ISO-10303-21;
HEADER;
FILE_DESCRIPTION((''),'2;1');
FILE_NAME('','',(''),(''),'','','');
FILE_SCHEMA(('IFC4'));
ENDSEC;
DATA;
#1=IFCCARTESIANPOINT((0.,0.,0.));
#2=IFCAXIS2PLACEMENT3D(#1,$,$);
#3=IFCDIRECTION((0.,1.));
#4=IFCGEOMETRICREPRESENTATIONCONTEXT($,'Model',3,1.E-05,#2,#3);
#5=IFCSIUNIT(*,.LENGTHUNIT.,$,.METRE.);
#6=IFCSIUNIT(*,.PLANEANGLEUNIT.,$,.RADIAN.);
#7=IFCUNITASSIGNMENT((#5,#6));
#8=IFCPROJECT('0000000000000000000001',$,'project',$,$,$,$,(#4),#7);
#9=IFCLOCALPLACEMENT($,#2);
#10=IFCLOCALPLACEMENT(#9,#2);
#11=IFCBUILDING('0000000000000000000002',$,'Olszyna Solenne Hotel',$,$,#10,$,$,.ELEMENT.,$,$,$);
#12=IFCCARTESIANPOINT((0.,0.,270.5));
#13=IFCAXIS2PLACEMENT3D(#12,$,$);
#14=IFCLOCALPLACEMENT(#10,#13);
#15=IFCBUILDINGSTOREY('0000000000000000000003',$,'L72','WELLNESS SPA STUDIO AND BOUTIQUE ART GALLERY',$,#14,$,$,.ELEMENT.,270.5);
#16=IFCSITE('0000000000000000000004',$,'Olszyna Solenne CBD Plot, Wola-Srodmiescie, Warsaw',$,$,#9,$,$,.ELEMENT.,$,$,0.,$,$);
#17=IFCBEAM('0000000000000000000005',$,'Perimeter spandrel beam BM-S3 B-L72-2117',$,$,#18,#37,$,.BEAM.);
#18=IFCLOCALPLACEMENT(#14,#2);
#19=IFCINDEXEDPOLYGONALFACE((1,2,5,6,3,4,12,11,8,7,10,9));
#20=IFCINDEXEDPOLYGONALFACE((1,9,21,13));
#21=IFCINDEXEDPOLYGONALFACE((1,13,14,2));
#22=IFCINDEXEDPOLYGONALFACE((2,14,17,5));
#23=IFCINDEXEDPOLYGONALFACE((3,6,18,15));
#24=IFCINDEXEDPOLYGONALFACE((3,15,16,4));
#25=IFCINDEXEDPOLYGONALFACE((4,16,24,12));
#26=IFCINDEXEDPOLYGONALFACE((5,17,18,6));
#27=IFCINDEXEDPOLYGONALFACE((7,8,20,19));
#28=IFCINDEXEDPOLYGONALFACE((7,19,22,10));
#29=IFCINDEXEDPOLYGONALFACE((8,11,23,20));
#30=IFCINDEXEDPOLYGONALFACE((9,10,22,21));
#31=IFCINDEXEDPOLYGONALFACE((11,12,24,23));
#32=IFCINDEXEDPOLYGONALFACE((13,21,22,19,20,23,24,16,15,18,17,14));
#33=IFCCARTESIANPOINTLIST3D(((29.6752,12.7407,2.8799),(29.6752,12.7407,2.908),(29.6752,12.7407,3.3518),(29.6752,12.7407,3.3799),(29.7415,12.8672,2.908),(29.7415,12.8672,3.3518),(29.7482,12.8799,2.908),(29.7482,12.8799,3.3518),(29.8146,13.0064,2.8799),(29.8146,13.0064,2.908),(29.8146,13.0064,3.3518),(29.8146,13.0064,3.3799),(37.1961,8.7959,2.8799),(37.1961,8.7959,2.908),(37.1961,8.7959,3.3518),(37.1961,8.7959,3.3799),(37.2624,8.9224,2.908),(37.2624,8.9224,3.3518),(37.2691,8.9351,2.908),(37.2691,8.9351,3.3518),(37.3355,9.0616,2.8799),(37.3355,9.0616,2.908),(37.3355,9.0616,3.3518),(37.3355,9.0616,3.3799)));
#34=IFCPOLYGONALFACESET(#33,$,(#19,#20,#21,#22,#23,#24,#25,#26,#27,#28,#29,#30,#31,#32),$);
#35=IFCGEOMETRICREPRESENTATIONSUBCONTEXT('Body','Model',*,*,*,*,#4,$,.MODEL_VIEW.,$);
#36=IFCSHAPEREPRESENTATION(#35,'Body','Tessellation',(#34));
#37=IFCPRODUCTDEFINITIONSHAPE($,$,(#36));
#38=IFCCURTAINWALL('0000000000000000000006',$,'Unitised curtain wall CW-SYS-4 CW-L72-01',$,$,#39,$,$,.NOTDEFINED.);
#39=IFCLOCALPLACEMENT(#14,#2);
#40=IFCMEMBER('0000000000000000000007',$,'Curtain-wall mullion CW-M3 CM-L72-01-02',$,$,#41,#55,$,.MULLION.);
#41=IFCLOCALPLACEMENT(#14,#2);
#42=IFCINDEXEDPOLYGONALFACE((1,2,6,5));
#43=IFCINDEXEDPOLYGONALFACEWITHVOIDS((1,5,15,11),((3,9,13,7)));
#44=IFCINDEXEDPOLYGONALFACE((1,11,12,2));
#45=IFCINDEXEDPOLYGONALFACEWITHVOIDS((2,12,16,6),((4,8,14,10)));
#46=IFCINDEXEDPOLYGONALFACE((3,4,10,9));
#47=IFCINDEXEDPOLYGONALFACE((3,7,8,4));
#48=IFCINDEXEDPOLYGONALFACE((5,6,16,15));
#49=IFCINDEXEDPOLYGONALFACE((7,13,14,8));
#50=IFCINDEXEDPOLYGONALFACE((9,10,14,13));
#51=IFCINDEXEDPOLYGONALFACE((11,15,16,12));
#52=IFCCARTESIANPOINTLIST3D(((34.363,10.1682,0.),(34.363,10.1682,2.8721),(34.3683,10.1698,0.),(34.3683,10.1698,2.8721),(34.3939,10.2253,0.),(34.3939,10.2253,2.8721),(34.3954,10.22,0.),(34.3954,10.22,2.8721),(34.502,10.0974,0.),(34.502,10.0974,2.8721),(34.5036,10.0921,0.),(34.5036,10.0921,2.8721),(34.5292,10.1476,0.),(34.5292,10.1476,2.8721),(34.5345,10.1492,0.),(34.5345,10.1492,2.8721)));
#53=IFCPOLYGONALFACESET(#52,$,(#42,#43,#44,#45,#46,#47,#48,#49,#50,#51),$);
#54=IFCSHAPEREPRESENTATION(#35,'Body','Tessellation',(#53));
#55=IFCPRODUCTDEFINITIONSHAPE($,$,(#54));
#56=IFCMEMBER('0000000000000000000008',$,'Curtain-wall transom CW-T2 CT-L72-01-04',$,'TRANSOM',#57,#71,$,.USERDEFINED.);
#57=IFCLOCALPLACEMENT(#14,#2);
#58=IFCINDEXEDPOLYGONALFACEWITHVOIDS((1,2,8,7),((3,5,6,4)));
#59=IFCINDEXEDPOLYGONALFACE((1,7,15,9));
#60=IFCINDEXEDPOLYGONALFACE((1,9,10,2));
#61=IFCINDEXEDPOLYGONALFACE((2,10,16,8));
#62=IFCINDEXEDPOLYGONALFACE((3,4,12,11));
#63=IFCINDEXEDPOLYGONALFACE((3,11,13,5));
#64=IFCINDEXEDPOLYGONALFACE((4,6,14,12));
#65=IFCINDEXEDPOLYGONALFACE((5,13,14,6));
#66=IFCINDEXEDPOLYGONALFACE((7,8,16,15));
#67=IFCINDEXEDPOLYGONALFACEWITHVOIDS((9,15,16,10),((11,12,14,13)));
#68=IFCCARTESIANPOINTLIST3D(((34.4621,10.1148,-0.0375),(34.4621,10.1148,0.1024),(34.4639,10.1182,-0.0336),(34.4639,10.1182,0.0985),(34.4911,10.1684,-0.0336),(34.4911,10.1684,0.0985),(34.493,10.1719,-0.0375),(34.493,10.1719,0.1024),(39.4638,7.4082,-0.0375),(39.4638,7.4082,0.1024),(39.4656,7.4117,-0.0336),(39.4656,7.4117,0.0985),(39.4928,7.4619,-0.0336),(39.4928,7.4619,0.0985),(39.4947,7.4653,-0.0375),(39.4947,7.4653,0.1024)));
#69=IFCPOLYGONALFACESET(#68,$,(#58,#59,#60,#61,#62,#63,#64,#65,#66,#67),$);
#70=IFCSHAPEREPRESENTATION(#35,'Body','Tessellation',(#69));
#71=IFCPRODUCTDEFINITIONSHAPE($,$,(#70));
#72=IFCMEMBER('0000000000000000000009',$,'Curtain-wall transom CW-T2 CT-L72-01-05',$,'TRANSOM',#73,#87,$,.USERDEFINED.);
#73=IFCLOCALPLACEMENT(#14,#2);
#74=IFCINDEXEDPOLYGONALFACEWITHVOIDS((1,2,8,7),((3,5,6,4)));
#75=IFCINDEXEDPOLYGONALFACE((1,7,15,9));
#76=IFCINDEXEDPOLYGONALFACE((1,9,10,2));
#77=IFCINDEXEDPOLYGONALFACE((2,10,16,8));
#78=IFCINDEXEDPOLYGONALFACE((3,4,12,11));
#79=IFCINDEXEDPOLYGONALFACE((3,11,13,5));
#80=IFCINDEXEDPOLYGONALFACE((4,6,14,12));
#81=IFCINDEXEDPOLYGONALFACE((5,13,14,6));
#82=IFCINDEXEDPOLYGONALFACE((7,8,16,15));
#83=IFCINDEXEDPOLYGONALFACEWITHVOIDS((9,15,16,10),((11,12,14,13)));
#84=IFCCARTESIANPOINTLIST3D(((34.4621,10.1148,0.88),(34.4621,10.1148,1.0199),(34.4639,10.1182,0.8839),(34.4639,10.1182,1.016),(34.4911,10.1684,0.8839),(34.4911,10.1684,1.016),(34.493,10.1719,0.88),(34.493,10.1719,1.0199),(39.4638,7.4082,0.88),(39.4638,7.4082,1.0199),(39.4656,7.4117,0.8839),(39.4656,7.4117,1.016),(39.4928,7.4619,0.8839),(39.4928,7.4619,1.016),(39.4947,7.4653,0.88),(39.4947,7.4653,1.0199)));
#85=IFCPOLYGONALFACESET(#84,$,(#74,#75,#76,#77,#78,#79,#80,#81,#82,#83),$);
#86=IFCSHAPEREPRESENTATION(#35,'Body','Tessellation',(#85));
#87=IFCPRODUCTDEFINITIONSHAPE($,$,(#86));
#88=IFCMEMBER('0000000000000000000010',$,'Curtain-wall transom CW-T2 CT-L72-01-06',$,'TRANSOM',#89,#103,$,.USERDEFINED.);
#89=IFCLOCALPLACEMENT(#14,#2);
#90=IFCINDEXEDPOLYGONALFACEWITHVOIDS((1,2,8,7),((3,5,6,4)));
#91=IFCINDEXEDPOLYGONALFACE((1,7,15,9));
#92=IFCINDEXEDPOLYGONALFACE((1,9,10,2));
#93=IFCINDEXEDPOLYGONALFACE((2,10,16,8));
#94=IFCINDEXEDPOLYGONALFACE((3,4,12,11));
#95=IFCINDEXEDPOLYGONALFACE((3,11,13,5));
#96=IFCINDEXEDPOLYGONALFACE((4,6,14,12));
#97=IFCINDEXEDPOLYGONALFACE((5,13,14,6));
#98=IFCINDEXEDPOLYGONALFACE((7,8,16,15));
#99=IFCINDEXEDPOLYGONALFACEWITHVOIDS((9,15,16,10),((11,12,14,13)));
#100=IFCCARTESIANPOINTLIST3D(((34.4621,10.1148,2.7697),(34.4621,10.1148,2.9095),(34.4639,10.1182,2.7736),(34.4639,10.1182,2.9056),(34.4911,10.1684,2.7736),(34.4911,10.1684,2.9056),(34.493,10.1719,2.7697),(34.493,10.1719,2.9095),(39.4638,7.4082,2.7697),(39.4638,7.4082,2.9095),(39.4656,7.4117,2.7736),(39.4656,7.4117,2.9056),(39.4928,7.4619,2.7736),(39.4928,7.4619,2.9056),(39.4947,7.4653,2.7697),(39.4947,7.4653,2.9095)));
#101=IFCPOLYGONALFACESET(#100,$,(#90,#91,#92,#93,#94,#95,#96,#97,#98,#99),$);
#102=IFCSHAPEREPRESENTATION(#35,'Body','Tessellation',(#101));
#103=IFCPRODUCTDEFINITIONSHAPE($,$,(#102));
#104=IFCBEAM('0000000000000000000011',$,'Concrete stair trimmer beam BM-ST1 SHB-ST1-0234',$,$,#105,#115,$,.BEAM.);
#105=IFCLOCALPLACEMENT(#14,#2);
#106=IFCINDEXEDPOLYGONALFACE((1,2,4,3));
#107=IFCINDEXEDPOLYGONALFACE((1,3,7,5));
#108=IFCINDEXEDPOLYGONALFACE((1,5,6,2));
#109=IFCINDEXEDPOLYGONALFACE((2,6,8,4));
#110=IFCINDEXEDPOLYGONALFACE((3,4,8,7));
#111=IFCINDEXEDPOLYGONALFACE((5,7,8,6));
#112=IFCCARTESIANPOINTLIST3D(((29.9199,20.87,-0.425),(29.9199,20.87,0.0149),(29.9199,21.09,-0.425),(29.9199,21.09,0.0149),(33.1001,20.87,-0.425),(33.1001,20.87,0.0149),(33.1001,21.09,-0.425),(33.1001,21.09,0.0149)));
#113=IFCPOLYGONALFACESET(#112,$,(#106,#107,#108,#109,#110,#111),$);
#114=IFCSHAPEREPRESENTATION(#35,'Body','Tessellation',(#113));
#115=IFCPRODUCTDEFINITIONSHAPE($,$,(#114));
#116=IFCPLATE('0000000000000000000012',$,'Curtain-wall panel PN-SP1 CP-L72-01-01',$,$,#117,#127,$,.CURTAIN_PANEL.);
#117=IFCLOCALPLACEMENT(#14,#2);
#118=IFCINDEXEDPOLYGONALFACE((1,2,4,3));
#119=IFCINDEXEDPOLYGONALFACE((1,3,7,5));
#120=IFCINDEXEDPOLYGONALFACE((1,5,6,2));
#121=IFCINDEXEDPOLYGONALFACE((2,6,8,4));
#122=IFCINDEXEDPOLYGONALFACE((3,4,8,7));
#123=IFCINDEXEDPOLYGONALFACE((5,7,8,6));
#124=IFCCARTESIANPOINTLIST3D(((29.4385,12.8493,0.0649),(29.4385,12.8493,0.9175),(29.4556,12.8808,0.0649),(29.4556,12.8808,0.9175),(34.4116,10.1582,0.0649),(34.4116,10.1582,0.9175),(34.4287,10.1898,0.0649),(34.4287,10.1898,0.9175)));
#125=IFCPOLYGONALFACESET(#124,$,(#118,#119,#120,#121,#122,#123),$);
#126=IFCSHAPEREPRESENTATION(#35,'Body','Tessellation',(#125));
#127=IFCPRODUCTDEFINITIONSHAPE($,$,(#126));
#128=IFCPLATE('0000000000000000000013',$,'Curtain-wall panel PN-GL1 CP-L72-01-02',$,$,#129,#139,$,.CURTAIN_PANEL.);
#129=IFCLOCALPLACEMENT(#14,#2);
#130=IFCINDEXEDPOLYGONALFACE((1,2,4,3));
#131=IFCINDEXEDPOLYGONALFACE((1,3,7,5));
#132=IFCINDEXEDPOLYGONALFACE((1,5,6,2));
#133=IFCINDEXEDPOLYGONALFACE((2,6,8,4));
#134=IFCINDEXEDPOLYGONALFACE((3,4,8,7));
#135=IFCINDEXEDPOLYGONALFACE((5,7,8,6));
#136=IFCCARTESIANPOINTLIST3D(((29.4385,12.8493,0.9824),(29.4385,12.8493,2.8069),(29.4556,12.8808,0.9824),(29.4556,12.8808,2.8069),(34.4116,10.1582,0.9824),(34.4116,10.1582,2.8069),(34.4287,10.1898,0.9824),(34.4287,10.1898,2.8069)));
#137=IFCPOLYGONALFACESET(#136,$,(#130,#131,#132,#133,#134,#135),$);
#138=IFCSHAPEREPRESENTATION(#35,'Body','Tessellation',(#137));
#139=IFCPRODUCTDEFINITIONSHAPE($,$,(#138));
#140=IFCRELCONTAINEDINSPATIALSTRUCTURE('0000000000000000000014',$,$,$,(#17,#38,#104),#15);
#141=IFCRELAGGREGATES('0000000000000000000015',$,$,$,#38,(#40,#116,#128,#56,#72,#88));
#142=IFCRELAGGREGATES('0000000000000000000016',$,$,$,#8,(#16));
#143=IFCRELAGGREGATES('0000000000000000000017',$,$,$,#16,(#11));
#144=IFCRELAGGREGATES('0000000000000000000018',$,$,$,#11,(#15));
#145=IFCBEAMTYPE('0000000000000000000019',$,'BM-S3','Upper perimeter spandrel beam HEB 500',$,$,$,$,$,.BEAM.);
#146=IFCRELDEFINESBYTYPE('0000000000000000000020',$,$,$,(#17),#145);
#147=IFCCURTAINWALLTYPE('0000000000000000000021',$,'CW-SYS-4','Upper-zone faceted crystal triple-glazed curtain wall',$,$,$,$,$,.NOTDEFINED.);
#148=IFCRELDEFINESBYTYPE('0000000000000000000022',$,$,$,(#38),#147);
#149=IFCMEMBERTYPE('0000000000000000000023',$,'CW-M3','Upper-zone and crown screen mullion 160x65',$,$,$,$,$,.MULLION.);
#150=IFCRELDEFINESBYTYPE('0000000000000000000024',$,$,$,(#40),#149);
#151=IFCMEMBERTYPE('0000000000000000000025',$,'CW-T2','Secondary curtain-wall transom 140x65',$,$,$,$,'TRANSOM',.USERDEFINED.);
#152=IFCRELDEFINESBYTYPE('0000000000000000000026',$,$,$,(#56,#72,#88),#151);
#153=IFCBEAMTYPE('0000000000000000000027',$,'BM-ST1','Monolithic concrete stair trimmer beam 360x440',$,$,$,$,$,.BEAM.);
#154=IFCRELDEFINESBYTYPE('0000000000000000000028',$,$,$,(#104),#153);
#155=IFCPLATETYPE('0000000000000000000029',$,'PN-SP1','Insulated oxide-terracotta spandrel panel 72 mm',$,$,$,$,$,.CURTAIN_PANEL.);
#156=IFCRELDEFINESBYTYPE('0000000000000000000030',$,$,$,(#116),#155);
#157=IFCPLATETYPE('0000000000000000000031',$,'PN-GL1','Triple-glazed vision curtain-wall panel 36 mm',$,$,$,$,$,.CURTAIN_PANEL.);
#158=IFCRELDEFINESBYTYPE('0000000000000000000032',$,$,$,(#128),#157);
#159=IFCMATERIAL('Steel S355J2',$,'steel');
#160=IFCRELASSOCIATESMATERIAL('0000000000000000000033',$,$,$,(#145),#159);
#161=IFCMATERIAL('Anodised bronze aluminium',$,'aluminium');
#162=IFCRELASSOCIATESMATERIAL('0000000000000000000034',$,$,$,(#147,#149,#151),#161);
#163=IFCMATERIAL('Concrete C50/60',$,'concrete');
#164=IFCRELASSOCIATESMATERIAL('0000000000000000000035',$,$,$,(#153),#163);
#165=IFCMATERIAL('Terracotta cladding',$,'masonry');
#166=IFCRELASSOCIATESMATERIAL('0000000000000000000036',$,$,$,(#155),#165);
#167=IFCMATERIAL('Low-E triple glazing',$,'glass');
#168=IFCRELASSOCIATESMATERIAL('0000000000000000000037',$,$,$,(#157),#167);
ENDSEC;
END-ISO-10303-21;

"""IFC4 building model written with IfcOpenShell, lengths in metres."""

from ifc_helpers import new_model, si_unit, direction, frame, origin, origin_2d, place, context, subcontext, project, spatial, rectangle, hollow_rectangle, i_section, extrude, source, transform, mapped, material, material_profile, profile_set, type_object, element, aggregate, save


model = new_model("IFC4")

# Units and contexts
model_context = context("Model", 3, precision=1e-05, world=origin(), true_north=direction((0.0, 1.0)))
body_context = subcontext(model_context, "Body", "Model", "MODEL_VIEW")
ifc_project = project(units=[si_unit("LENGTHUNIT", "METRE"), si_unit("PLANEANGLEUNIT", "RADIAN")], contexts=[model_context])

# Site, building, storey
site_placement = place(None, origin())
site = spatial("IfcSite", under=ifc_project, at=site_placement, Name="Olszyna Solenne CBD Plot, Wola-Srodmiescie, Warsaw", CompositionType="ELEMENT", RefElevation=0.0)
building_placement = place(site_placement, origin())
building = spatial("IfcBuilding", under=site, at=building_placement, Name="Olszyna Solenne Hotel", CompositionType="ELEMENT")
storey_placement = place(building_placement, frame((0.0, 0.0, 270.5)))
storey = spatial("IfcBuildingStorey", under=building, at=storey_placement, Name="L72", Description="WELLNESS SPA STUDIO AND BOUTIQUE ART GALLERY", CompositionType="ELEMENT", Elevation=270.5)

# Beam
ifc_material_1 = material(Name="Steel S355J2", Category="steel")
ifc_material_profile_1 = material_profile(ifc_material_1, i_section(OverallWidth=0.3, OverallDepth=0.5, WebThickness=0.0144, FlangeThickness=0.0281, at=origin_2d()), Name="HEB 500", Category="load-bearing")
ifc_profile_set_1 = profile_set([ifc_material_profile_1], Name="Steel S355J2")
beam_type_1 = type_object("IfcBeamType", Name="BM-S3", Description="Upper perimeter spandrel beam HEB 500", PredefinedType="BEAM", material=ifc_profile_set_1)
shared_shape_1 = source(origin(), body_context, "Body", "SweptSolid", [
    extrude(i_section(OverallWidth=0.3, OverallDepth=0.5, WebThickness=0.0144, FlangeThickness=0.0281, at=origin_2d()), origin(), (0.0, 0.0, 1.0), 8.4927),
])
beam_1_placement = place(storey_placement, frame((29.7449, 12.8735, 3.1299), z_axis=(0.885577, -0.464492, 0.0), x_axis=(0.464492, 0.885577, 0.0)))
element("IfcBeam", 1, at=beam_1_placement, inside=storey, type_object=beam_type_1, Name="Perimeter spandrel beam BM-S3 B-L72-2117", PredefinedType="BEAM", context=body_context, shape_type="MappedRepresentation", body=[
    mapped(shared_shape_1, transform((0.0, 0.0, 0.0), x_axis=(1.0, 0.0, 0.0), y_axis=(0.0, 1.0, 0.0), z_axis=(0.0, 0.0, 1.0), scale=1.0)),
])

# Curtain wall, members
ifc_material_2 = material(Name="Anodised bronze aluminium", Category="aluminium")
curtain_wall_type = type_object("IfcCurtainWallType", Name="CW-SYS-4", Description="Upper-zone faceted crystal triple-glazed curtain wall", PredefinedType="NOTDEFINED", material=ifc_material_2)
curtain_wall_placement = place(storey_placement, origin())
curtain_wall = element("IfcCurtainWall", 2, at=curtain_wall_placement, inside=storey, type_object=curtain_wall_type, Name="Unitised curtain wall CW-SYS-4 CW-L72-01", PredefinedType="NOTDEFINED")
ifc_material_profile_2 = material_profile(ifc_material_2, hollow_rectangle(XDim=0.0649, YDim=0.1599, WallThickness=0.0039, at=origin_2d()), Name="MULL 160x65x4", Category="load-bearing")
ifc_profile_set_2 = profile_set([ifc_material_profile_2], Name="Anodised bronze aluminium")
member_type_1 = type_object("IfcMemberType", Name="CW-M3", Description="Upper-zone and crown screen mullion 160x65", PredefinedType="MULLION", material=ifc_profile_set_2)
shared_shape_2 = source(origin(), body_context, "Body", "SweptSolid", [
    extrude(hollow_rectangle(XDim=0.0649, YDim=0.1599, WallThickness=0.0039, at=origin_2d()), origin(), (0.0, 0.0, 1.0), 2.8721),
])
member_1_placement = place(storey_placement, frame((34.4487, 10.1587, 0.0), z_axis=(0.0, 0.0, 1.0), x_axis=(0.475904, 0.879497, 0.0)))
member_1 = element("IfcMember", 3, at=member_1_placement, type_object=member_type_1, Name="Curtain-wall mullion CW-M3 CM-L72-01-02", PredefinedType="MULLION", context=body_context, shape_type="MappedRepresentation", body=[
    mapped(shared_shape_2, transform((0.0, 0.0, 0.0), x_axis=(1.0, 0.0, 0.0), y_axis=(0.0, 1.0, 0.0), z_axis=(0.0, 0.0, 1.0), scale=1.0)),
])
ifc_material_profile_3 = material_profile(ifc_material_2, hollow_rectangle(XDim=0.0649, YDim=0.1399, WallThickness=0.0039, at=origin_2d()), Name="TRAN 140x65x4", Category="load-bearing")
ifc_profile_set_3 = profile_set([ifc_material_profile_3], Name="Anodised bronze aluminium")
member_type_2 = type_object("IfcMemberType", Name="CW-T2", Description="Secondary curtain-wall transom 140x65", ElementType="TRANSOM", PredefinedType="USERDEFINED", material=ifc_profile_set_3)
shared_shape_3 = source(origin(), body_context, "Body", "SweptSolid", [
    extrude(hollow_rectangle(XDim=0.0649, YDim=0.1399, WallThickness=0.0039, at=origin_2d()), origin(), (0.0, 0.0, 1.0), 5.687),
])
member_2_placement = place(storey_placement, frame((34.4775, 10.1433, 0.0325), z_axis=(0.879492, -0.475914, 0.0), x_axis=(0.475914, 0.879492, 0.0)))
member_2 = element("IfcMember", 4, at=member_2_placement, type_object=member_type_2, Name="Curtain-wall transom CW-T2 CT-L72-01-04", ObjectType="TRANSOM", PredefinedType="USERDEFINED", context=body_context, shape_type="MappedRepresentation", body=[
    mapped(shared_shape_3, transform((0.0, 0.0, 0.0), x_axis=(1.0, 0.0, 0.0), y_axis=(0.0, 1.0, 0.0), z_axis=(0.0, 0.0, 1.0), scale=1.0)),
])
member_3_placement = place(storey_placement, frame((34.4775, 10.1433, 0.95), z_axis=(0.879492, -0.475914, 0.0), x_axis=(0.475914, 0.879492, 0.0)))
member_3 = element("IfcMember", 5, at=member_3_placement, type_object=member_type_2, Name="Curtain-wall transom CW-T2 CT-L72-01-05", ObjectType="TRANSOM", PredefinedType="USERDEFINED", context=body_context, shape_type="MappedRepresentation", body=[
    mapped(shared_shape_3, transform((0.0, 0.0, 0.0), x_axis=(1.0, 0.0, 0.0), y_axis=(0.0, 1.0, 0.0), z_axis=(0.0, 0.0, 1.0), scale=1.0)),
])
member_4_placement = place(storey_placement, frame((34.4775, 10.1433, 2.8396), z_axis=(0.879492, -0.475914, 0.0), x_axis=(0.475914, 0.879492, 0.0)))
member_4 = element("IfcMember", 6, at=member_4_placement, type_object=member_type_2, Name="Curtain-wall transom CW-T2 CT-L72-01-06", ObjectType="TRANSOM", PredefinedType="USERDEFINED", context=body_context, shape_type="MappedRepresentation", body=[
    mapped(shared_shape_3, transform((0.0, 0.0, 0.0), x_axis=(1.0, 0.0, 0.0), y_axis=(0.0, 1.0, 0.0), z_axis=(0.0, 0.0, 1.0), scale=1.0)),
])

# Beam
ifc_material_3 = material(Name="Concrete C50/60", Category="concrete")
ifc_material_profile_4 = material_profile(ifc_material_3, rectangle(XDim=0.22, YDim=0.4399, at=origin_2d()), Name="RC 220x440", Category="load-bearing")
ifc_profile_set_4 = profile_set([ifc_material_profile_4], Name="Concrete C50/60")
beam_type_2 = type_object("IfcBeamType", Name="BM-ST1", Description="Monolithic concrete stair trimmer beam 360x440", PredefinedType="BEAM", material=ifc_profile_set_4)
shared_shape_4 = source(origin(), body_context, "Body", "SweptSolid", [
    extrude(rectangle(XDim=0.22, YDim=0.4399, at=origin_2d()), origin(), (0.0, 0.0, 1.0), 3.1802),
])
beam_2_placement = place(storey_placement, frame((33.1001, 20.98, -0.2051), z_axis=(-1.0, 0.0, 0.0), x_axis=(0.0, -1.0, 0.0)))
element("IfcBeam", 7, at=beam_2_placement, inside=storey, type_object=beam_type_2, Name="Concrete stair trimmer beam BM-ST1 SHB-ST1-0234", PredefinedType="BEAM", context=body_context, shape_type="MappedRepresentation", body=[
    mapped(shared_shape_4, transform((0.0, 0.0, 0.0), x_axis=(1.0, 0.0, 0.0), y_axis=(0.0, 1.0, 0.0), z_axis=(0.0, 0.0, 1.0), scale=1.0)),
])

# Plates
ifc_material_4 = material(Name="Terracotta cladding", Category="masonry")
plate_type_1 = type_object("IfcPlateType", Name="PN-SP1", Description="Insulated oxide-terracotta spandrel panel 72 mm", PredefinedType="CURTAIN_PANEL", material=ifc_material_4)
shared_shape_5 = source(origin(), body_context, "Body", "SweptSolid", [
    extrude(rectangle(XDim=5.6545, YDim=0.0359, at=origin_2d()), origin(), (0.0, 0.0, 1.0), 0.8525),
])
plate_1_placement = place(storey_placement, frame((31.9336, 11.5195, 0.0649), z_axis=(0.0, 0.0, 1.0), x_axis=(0.879497, -0.475904, 0.0)))
plate_1 = element("IfcPlate", 8, at=plate_1_placement, type_object=plate_type_1, Name="Curtain-wall panel PN-SP1 CP-L72-01-01", PredefinedType="CURTAIN_PANEL", context=body_context, shape_type="MappedRepresentation", body=[
    mapped(shared_shape_5, transform((0.0, 0.0, 0.0), x_axis=(1.0, 0.0, 0.0), y_axis=(0.0, 1.0, 0.0), z_axis=(0.0, 0.0, 1.0), scale=1.0)),
])
ifc_material_5 = material(Name="Low-E triple glazing", Category="glass")
plate_type_2 = type_object("IfcPlateType", Name="PN-GL1", Description="Triple-glazed vision curtain-wall panel 36 mm", PredefinedType="CURTAIN_PANEL", material=ifc_material_5)
shared_shape_6 = source(origin(), body_context, "Body", "SweptSolid", [
    extrude(rectangle(XDim=5.6545, YDim=0.0359, at=origin_2d()), origin(), (0.0, 0.0, 1.0), 1.8245),
])
plate_2_placement = place(storey_placement, frame((31.9336, 11.5195, 0.9824), z_axis=(0.0, 0.0, 1.0), x_axis=(0.879497, -0.475904, 0.0)))
plate_2 = element("IfcPlate", 9, at=plate_2_placement, type_object=plate_type_2, Name="Curtain-wall panel PN-GL1 CP-L72-01-02", PredefinedType="CURTAIN_PANEL", context=body_context, shape_type="MappedRepresentation", body=[
    mapped(shared_shape_6, transform((0.0, 0.0, 0.0), x_axis=(1.0, 0.0, 0.0), y_axis=(0.0, 1.0, 0.0), z_axis=(0.0, 0.0, 1.0), scale=1.0)),
])
aggregate(curtain_wall, [member_1, plate_1, plate_2, member_2, member_3, member_4])

save(model, "model.ifc")
